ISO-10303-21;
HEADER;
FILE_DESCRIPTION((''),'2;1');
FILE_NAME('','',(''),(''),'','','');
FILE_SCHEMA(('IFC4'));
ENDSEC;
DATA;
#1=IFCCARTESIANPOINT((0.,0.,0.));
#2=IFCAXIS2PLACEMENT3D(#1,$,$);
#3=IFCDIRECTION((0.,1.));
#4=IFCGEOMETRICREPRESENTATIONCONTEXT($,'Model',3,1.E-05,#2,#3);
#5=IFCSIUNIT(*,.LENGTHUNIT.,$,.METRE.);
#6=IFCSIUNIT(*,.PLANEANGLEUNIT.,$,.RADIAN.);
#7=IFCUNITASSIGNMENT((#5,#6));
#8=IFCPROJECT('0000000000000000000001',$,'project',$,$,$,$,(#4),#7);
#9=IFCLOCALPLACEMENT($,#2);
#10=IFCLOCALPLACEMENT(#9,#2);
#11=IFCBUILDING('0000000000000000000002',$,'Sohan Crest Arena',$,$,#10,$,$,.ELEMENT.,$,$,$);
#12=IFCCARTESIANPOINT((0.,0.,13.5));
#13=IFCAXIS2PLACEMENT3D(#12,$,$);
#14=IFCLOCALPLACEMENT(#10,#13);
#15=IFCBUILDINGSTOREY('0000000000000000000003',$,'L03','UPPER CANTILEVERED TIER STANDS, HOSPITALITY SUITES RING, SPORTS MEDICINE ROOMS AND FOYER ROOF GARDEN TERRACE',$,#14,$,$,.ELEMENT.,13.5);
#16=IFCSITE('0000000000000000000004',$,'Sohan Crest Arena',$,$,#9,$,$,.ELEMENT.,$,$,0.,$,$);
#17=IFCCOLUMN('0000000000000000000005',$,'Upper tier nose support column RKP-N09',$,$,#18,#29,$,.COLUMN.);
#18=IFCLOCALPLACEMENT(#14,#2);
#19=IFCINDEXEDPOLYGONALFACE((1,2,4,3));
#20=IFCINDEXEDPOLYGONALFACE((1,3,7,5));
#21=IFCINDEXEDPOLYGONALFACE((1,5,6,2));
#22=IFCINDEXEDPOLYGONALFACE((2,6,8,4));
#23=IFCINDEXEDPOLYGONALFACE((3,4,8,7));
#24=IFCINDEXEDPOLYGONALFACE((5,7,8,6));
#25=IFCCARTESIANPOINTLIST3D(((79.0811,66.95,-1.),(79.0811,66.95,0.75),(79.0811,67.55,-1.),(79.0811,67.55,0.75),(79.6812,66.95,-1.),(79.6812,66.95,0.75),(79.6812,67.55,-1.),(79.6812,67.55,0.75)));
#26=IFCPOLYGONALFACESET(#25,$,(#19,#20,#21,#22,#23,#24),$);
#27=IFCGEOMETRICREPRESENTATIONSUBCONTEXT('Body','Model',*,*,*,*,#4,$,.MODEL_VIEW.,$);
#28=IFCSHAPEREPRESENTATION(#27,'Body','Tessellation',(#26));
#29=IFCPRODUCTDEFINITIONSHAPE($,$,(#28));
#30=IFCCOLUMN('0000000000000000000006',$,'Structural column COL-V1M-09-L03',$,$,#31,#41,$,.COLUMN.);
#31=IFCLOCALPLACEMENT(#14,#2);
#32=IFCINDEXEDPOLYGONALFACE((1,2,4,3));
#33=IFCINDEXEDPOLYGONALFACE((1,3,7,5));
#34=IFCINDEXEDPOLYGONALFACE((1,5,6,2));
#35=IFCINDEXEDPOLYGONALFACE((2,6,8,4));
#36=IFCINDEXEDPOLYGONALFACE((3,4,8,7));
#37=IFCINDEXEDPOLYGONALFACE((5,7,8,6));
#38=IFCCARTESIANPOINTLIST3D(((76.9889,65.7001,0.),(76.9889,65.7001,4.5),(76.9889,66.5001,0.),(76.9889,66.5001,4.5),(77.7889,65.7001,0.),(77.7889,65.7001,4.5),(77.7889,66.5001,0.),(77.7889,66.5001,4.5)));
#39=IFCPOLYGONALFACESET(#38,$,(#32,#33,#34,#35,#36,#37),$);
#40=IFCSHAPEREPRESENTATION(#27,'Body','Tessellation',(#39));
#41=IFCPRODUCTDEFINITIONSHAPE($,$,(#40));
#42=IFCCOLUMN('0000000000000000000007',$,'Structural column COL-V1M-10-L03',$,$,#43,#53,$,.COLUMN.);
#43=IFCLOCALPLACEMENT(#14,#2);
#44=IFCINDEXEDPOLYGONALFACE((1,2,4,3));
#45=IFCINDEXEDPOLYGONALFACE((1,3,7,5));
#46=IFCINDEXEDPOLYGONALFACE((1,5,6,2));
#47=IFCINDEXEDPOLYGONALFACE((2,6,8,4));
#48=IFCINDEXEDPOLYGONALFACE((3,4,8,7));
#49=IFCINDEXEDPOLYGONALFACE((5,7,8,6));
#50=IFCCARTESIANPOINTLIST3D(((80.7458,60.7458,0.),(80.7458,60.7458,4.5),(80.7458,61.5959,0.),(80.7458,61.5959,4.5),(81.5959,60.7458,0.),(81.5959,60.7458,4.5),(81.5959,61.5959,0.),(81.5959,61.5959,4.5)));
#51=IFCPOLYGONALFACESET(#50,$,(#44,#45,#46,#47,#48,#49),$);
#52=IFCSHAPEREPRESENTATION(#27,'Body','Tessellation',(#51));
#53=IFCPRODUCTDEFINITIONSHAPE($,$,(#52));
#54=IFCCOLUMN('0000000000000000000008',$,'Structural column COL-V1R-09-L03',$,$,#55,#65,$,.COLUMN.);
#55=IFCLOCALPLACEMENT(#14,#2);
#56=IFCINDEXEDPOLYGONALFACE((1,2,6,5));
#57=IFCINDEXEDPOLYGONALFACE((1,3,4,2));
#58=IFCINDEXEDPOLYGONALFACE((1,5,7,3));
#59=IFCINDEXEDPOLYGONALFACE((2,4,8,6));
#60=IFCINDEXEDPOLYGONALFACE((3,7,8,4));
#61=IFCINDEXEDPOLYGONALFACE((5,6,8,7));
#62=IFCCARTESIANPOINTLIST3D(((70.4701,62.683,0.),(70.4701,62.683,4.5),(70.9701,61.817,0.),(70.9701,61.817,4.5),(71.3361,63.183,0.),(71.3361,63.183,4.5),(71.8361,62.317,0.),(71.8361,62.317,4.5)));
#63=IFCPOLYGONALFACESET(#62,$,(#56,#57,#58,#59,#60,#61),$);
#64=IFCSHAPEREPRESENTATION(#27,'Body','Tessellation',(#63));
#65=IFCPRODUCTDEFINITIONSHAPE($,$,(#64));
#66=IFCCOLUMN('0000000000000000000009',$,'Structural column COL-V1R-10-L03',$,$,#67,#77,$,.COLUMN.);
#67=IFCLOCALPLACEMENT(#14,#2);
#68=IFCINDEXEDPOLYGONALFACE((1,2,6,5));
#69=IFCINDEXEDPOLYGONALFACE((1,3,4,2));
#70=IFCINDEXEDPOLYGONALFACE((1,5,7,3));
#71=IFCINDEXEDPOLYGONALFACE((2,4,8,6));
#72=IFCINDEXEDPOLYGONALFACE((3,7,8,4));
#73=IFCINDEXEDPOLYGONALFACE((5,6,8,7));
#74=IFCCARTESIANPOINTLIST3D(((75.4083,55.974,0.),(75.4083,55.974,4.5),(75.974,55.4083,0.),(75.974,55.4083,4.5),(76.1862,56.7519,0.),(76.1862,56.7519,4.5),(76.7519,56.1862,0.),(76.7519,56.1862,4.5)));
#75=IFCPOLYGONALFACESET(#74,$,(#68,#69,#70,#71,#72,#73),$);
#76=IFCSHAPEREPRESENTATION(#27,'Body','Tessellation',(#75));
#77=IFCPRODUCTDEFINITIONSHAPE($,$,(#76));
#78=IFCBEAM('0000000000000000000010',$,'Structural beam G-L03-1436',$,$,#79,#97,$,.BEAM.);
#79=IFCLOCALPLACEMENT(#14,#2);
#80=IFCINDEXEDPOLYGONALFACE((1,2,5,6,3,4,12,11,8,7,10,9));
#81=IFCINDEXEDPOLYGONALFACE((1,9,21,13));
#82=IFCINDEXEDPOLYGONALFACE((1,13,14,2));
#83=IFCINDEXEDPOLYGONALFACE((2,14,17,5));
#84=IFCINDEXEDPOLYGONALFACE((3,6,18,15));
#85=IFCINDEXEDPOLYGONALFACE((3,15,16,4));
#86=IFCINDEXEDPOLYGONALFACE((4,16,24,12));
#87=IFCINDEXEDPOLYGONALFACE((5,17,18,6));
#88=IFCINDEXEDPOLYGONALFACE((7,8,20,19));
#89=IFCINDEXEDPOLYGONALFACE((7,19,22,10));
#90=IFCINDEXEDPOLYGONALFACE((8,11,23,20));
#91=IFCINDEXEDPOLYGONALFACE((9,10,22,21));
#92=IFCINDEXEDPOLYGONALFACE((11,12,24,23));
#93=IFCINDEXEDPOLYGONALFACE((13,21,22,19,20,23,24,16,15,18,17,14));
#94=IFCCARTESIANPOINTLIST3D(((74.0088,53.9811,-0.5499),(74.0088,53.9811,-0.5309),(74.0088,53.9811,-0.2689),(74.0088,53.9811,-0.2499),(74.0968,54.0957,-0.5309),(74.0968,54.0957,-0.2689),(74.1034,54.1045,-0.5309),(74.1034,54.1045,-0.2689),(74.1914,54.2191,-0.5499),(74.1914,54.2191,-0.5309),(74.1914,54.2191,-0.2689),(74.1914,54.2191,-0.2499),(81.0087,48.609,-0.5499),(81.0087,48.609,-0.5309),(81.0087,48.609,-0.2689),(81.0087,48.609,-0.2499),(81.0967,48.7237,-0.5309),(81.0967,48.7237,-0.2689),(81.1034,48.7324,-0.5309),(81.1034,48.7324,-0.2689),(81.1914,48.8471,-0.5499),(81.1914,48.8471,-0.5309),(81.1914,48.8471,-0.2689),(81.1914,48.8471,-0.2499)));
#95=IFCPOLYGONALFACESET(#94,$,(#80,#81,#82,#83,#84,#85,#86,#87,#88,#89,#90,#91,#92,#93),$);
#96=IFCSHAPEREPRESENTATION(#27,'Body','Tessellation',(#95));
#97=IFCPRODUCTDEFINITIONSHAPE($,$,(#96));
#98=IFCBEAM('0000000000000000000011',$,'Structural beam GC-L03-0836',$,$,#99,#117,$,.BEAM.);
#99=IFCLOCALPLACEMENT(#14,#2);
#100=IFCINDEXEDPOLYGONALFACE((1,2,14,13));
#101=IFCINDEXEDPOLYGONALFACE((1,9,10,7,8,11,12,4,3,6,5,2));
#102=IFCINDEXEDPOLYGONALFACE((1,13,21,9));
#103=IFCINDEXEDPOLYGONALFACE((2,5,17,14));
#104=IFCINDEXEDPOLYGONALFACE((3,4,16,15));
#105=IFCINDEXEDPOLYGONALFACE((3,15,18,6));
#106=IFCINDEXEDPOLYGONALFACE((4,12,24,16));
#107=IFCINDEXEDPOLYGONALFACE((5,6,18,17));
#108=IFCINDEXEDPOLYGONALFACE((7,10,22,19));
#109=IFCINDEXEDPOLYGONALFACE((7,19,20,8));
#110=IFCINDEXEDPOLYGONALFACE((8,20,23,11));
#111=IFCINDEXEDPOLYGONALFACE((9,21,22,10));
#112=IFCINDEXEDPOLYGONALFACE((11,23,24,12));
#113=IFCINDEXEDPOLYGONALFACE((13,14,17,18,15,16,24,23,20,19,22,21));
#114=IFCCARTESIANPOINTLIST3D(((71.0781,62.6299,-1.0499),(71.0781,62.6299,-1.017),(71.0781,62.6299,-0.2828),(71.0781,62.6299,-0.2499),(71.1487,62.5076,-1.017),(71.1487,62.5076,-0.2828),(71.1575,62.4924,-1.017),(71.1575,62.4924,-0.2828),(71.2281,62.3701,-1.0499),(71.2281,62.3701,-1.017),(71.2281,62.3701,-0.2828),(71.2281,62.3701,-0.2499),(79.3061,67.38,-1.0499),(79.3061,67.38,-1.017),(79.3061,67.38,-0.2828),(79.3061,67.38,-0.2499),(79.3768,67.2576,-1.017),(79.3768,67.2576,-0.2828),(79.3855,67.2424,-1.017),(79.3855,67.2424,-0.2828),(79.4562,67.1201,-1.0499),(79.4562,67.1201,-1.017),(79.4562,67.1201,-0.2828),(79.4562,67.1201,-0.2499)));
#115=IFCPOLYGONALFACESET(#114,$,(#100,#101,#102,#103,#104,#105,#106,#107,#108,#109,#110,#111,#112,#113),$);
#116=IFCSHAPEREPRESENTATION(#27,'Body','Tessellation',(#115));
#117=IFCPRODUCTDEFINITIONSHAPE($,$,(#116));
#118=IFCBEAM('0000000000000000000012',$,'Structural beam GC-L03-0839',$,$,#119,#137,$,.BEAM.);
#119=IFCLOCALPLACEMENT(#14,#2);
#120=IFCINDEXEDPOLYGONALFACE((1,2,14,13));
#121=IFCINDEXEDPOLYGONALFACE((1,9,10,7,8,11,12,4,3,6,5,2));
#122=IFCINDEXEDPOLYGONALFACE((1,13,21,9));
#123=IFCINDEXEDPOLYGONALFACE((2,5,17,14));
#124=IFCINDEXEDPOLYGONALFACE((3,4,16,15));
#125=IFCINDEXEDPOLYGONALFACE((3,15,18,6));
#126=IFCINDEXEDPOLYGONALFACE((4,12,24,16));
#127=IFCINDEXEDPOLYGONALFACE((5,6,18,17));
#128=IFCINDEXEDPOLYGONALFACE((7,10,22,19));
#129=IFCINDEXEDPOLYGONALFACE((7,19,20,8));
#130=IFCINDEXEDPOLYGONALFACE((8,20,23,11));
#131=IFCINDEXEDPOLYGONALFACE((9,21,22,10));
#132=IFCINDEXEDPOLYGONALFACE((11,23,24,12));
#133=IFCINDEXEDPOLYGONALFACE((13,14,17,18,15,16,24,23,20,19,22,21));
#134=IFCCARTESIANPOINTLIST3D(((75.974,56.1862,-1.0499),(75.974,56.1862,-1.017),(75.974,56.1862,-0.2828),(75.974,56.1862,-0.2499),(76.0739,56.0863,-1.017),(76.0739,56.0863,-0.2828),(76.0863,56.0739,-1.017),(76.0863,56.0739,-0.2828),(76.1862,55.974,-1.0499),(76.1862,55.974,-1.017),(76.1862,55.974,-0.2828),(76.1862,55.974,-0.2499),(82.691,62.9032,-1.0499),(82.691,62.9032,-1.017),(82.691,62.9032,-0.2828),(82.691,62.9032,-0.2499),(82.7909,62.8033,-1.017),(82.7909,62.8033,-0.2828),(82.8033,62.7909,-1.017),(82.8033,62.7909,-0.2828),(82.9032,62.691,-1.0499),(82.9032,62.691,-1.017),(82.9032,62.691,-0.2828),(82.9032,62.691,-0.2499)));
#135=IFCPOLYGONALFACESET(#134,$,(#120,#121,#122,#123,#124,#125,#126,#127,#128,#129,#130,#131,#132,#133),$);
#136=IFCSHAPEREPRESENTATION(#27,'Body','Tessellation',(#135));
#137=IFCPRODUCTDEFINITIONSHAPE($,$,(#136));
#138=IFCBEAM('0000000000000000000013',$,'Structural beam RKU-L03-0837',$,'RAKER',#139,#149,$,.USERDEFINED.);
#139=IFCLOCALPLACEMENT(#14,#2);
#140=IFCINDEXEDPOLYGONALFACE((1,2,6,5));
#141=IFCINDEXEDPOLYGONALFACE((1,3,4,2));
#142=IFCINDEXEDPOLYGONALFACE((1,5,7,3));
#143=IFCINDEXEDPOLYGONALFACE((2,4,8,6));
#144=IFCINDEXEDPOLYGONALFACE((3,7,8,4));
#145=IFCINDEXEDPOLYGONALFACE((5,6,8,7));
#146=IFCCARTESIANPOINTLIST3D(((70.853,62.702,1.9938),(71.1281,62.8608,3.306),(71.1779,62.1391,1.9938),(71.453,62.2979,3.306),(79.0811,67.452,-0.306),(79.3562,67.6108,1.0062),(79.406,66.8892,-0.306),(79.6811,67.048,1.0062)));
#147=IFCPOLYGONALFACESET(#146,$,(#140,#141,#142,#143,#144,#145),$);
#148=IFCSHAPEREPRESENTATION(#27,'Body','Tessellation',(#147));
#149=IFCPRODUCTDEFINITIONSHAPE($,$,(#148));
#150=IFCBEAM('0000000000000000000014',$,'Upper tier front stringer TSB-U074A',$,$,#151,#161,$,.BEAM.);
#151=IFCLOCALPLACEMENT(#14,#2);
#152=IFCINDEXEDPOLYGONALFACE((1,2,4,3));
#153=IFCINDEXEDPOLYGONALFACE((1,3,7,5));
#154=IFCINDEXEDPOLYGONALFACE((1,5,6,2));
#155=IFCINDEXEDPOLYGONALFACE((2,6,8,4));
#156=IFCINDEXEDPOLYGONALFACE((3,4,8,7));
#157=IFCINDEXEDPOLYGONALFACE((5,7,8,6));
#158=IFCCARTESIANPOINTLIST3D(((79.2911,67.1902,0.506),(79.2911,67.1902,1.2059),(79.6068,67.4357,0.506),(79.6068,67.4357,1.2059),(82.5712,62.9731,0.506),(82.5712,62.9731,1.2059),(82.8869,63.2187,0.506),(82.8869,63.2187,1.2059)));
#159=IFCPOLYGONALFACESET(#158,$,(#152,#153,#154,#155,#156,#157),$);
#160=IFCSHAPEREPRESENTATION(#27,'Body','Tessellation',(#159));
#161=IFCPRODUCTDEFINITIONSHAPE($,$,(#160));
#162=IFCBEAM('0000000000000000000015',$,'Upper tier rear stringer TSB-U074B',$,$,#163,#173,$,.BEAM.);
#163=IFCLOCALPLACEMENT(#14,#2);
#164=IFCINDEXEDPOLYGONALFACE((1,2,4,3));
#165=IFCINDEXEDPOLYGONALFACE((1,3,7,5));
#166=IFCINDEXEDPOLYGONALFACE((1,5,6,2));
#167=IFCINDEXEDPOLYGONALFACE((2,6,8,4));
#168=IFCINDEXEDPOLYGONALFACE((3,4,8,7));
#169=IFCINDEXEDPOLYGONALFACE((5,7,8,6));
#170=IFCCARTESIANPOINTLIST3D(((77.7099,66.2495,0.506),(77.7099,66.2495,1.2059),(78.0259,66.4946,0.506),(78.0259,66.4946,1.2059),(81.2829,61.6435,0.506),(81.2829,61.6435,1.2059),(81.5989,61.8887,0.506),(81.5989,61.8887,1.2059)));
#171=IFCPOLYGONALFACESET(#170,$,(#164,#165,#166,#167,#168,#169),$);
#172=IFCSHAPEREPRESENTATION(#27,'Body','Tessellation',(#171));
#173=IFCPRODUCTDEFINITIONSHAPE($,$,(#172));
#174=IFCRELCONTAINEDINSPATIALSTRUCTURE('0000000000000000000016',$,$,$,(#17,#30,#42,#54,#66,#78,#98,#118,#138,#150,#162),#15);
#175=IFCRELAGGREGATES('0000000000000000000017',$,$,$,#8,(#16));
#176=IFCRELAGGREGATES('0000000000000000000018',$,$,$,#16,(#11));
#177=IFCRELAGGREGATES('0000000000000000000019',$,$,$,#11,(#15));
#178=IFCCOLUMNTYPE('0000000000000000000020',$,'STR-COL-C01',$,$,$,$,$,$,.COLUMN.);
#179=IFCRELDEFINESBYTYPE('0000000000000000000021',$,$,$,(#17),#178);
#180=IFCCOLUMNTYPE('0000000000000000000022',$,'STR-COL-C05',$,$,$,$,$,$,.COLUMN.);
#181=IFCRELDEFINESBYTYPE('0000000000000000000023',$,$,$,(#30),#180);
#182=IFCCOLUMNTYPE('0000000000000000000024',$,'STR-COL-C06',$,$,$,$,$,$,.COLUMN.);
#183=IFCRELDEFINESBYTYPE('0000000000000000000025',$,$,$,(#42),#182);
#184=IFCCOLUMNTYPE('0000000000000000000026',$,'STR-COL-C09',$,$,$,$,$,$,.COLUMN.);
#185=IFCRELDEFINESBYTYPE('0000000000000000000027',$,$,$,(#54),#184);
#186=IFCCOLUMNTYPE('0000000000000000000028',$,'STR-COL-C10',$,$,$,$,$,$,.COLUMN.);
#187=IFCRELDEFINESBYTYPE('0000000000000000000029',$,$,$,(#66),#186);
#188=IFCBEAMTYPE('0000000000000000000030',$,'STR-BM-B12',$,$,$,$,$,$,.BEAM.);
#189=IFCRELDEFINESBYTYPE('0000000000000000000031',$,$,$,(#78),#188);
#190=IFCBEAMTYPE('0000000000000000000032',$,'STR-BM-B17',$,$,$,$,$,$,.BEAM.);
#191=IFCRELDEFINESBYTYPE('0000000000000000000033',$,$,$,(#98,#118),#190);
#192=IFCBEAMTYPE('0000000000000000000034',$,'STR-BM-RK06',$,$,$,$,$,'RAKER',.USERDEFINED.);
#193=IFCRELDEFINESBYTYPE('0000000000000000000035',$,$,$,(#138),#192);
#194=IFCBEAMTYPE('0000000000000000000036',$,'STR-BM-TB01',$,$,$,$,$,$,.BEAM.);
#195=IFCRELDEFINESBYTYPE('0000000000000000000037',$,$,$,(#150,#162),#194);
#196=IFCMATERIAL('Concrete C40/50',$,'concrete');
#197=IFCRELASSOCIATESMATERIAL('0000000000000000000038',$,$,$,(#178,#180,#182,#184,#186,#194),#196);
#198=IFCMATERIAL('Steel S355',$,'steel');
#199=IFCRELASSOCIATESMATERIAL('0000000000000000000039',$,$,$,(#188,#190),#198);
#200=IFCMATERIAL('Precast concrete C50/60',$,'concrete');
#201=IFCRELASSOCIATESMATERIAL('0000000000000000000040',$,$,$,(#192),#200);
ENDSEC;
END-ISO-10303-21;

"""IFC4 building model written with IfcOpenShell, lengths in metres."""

from ifc_helpers import new_model, si_unit, direction, frame, origin, origin_2d, place, context, subcontext, project, spatial, rectangle, i_section, extrude, material, material_profile, profile_set, type_object, element, save


model = new_model("IFC4")

# Units and contexts
model_context = context("Model", 3, precision=1e-05, world=origin(), true_north=direction((0.0, 1.0)))
body_context = subcontext(model_context, "Body", "Model", "MODEL_VIEW")
ifc_project = project(units=[si_unit("LENGTHUNIT", "METRE"), si_unit("PLANEANGLEUNIT", "RADIAN")], contexts=[model_context])

# Site, building, storey
site_placement = place(None, origin())
site = spatial("IfcSite", under=ifc_project, at=site_placement, Name="Sohan Crest Arena", CompositionType="ELEMENT", RefElevation=0.0)
building_placement = place(site_placement, origin())
building = spatial("IfcBuilding", under=site, at=building_placement, Name="Sohan Crest Arena", CompositionType="ELEMENT")
storey_placement = place(building_placement, frame((0.0, 0.0, 13.5)))
storey = spatial("IfcBuildingStorey", under=building, at=storey_placement, Name="L03", Description="UPPER CANTILEVERED TIER STANDS, HOSPITALITY SUITES RING, SPORTS MEDICINE ROOMS AND FOYER ROOF GARDEN TERRACE", CompositionType="ELEMENT", Elevation=13.5)

# Columns
ifc_material_1 = material(Name="Concrete C40/50", Category="concrete")
ifc_material_profile_1 = material_profile(ifc_material_1, rectangle(XDim=0.6001, YDim=0.6001, at=origin_2d()), Name="RC 600x600")
ifc_profile_set_1 = profile_set([ifc_material_profile_1], Name="Concrete C40/50")
column_type_1 = type_object("IfcColumnType", Name="STR-COL-C01", PredefinedType="COLUMN", material=ifc_profile_set_1)
column_1_placement = place(storey_placement, frame((79.3811, 67.25, -1.0), z_axis=(0.0, 0.0, 1.0), x_axis=(1.0, 0.0, 0.0)))
element("IfcColumn", 1, at=column_1_placement, inside=storey, type_object=column_type_1, Name="Upper tier nose support column RKP-N09", PredefinedType="COLUMN", context=body_context, shape_type="SweptSolid", body=[
    extrude(rectangle(XDim=0.6001, YDim=0.6001, at=origin_2d()), origin(), (0.0, 0.0, 1.0), 1.75),
])
ifc_material_profile_2 = material_profile(ifc_material_1, rectangle(XDim=0.8, YDim=0.8, at=origin_2d()), Name="RC 800x800")
ifc_profile_set_2 = profile_set([ifc_material_profile_2], Name="Concrete C40/50")
column_type_2 = type_object("IfcColumnType", Name="STR-COL-C05", PredefinedType="COLUMN", material=ifc_profile_set_2)
column_2_placement = place(storey_placement, frame((77.3889, 66.1001, 0.0), z_axis=(0.0, 0.0, 1.0), x_axis=(1.0, 0.0, 0.0)))
element("IfcColumn", 2, at=column_2_placement, inside=storey, type_object=column_type_2, Name="Structural column COL-V1M-09-L03", PredefinedType="COLUMN", context=body_context, shape_type="SweptSolid", body=[
    extrude(rectangle(XDim=0.8, YDim=0.8, at=origin_2d()), origin(), (0.0, 0.0, 1.0), 4.5),
])
ifc_material_profile_3 = material_profile(ifc_material_1, rectangle(XDim=0.8501, YDim=0.8501, at=origin_2d()), Name="RC 850x850")
ifc_profile_set_3 = profile_set([ifc_material_profile_3], Name="Concrete C40/50")
column_type_3 = type_object("IfcColumnType", Name="STR-COL-C06", PredefinedType="COLUMN", material=ifc_profile_set_3)
column_3_placement = place(storey_placement, frame((81.1709, 61.1709, 0.0), z_axis=(0.0, 0.0, 1.0), x_axis=(1.0, 0.0, 0.0)))
element("IfcColumn", 3, at=column_3_placement, inside=storey, type_object=column_type_3, Name="Structural column COL-V1M-10-L03", PredefinedType="COLUMN", context=body_context, shape_type="SweptSolid", body=[
    extrude(rectangle(XDim=0.8501, YDim=0.8501, at=origin_2d()), origin(), (0.0, 0.0, 1.0), 4.5),
])
ifc_material_profile_4 = material_profile(ifc_material_1, rectangle(XDim=1.0, YDim=1.0, at=origin_2d()), Name="RC 1000x1000")
ifc_profile_set_4 = profile_set([ifc_material_profile_4], Name="Concrete C40/50")
column_type_4 = type_object("IfcColumnType", Name="STR-COL-C09", PredefinedType="COLUMN", material=ifc_profile_set_4)
column_4_placement = place(storey_placement, frame((71.1531, 62.5, 0.0), z_axis=(0.0, 0.0, 1.0), x_axis=(0.866025, 0.5, 0.0)))
element("IfcColumn", 4, at=column_4_placement, inside=storey, type_object=column_type_4, Name="Structural column COL-V1R-09-L03", PredefinedType="COLUMN", context=body_context, shape_type="SweptSolid", body=[
    extrude(rectangle(XDim=1.0, YDim=1.0, at=origin_2d()), origin(), (0.0, 0.0, 1.0), 4.5),
])
ifc_material_profile_5 = material_profile(ifc_material_1, rectangle(XDim=1.1001, YDim=0.8, at=origin_2d()), Name="RC 1100x800")
ifc_profile_set_5 = profile_set([ifc_material_profile_5], Name="Concrete C40/50")
column_type_5 = type_object("IfcColumnType", Name="STR-COL-C10", PredefinedType="COLUMN", material=ifc_profile_set_5)
column_5_placement = place(storey_placement, frame((76.0801, 56.0801, 0.0), z_axis=(0.0, 0.0, 1.0), x_axis=(0.707107, 0.707107, 0.0)))
element("IfcColumn", 5, at=column_5_placement, inside=storey, type_object=column_type_5, Name="Structural column COL-V1R-10-L03", PredefinedType="COLUMN", context=body_context, shape_type="SweptSolid", body=[
    extrude(rectangle(XDim=1.1001, YDim=0.8, at=origin_2d()), origin(), (0.0, 0.0, 1.0), 4.5),
])

# Beams
ifc_material_2 = material(Name="Steel S355", Category="steel")
ifc_material_profile_6 = material_profile(ifc_material_2, i_section(OverallWidth=0.3, OverallDepth=0.3, WebThickness=0.011, FlangeThickness=0.019, at=origin_2d()), Name="HEB 300")
ifc_profile_set_6 = profile_set([ifc_material_profile_6], Name="Steel S355")
beam_type_1 = type_object("IfcBeamType", Name="STR-BM-B12", PredefinedType="BEAM", material=ifc_profile_set_6)
beam_1_placement = place(storey_placement, frame((74.1001, 54.1001, -0.3999), z_axis=(0.793311, -0.608817, 0.0), x_axis=(0.608817, 0.793311, 0.0)))
element("IfcBeam", 6, at=beam_1_placement, inside=storey, type_object=beam_type_1, Name="Structural beam G-L03-1436", PredefinedType="BEAM", context=body_context, shape_type="SweptSolid", body=[
    extrude(i_section(OverallWidth=0.3, OverallDepth=0.3, WebThickness=0.011, FlangeThickness=0.019, at=origin_2d()), origin(), (0.0, 0.0, 1.0), 8.8237),
])
ifc_material_profile_7 = material_profile(ifc_material_2, i_section(OverallWidth=0.3, OverallDepth=0.8, WebThickness=0.0176, FlangeThickness=0.033, at=origin_2d()), Name="HEB 800")
ifc_profile_set_7 = profile_set([ifc_material_profile_7], Name="Steel S355")
beam_type_2 = type_object("IfcBeamType", Name="STR-BM-B17", PredefinedType="BEAM", material=ifc_profile_set_7)
beam_2_placement = place(storey_placement, frame((71.1531, 62.5, -0.6499), z_axis=(0.866046, 0.499964, 0.0), x_axis=(-0.499964, 0.866046, 0.0)))
element("IfcBeam", 7, at=beam_2_placement, inside=storey, type_object=beam_type_2, Name="Structural beam GC-L03-0836", PredefinedType="BEAM", context=body_context, shape_type="SweptSolid", body=[
    extrude(i_section(OverallWidth=0.3, OverallDepth=0.8, WebThickness=0.0176, FlangeThickness=0.033, at=origin_2d()), origin(), (0.0, 0.0, 1.0), 9.5007),
])
beam_3_placement = place(storey_placement, frame((76.0801, 56.0801, -0.6499), z_axis=(0.707107, 0.707107, 0.0), x_axis=(-0.707107, 0.707107, 0.0)))
element("IfcBeam", 8, at=beam_3_placement, inside=storey, type_object=beam_type_2, Name="Structural beam GC-L03-0839", PredefinedType="BEAM", context=body_context, shape_type="SweptSolid", body=[
    extrude(i_section(OverallWidth=0.3, OverallDepth=0.8, WebThickness=0.0176, FlangeThickness=0.033, at=origin_2d()), origin(), (0.0, 0.0, 1.0), 9.4993),
])
ifc_material_3 = material(Name="Precast concrete C50/60", Category="concrete")
ifc_material_profile_8 = material_profile(ifc_material_3, rectangle(XDim=0.6499, YDim=1.3501, at=origin_2d()), Name="RAKER 650x1350")
ifc_profile_set_8 = profile_set([ifc_material_profile_8], Name="Precast concrete C50/60")
beam_type_3 = type_object("IfcBeamType", Name="STR-BM-RK06", ElementType="RAKER", PredefinedType="USERDEFINED", material=ifc_profile_set_8)
beam_4_placement = place(storey_placement, frame((79.3811, 67.25, 0.3501), z_axis=(-0.841736, -0.48593, 0.235272), x_axis=(0.499964, -0.866046, 0.0)))
element("IfcBeam", 9, at=beam_4_placement, inside=storey, type_object=beam_type_3, Name="Structural beam RKU-L03-0837", ObjectType="RAKER", PredefinedType="USERDEFINED", context=body_context, shape_type="SweptSolid", body=[
    extrude(rectangle(XDim=0.6499, YDim=1.3501, at=origin_2d()), origin(), (0.0, 0.0, 1.0), 9.7751),
])
ifc_material_profile_9 = material_profile(ifc_material_1, rectangle(XDim=0.3999, YDim=0.7, at=origin_2d()), Name="RC-BM 400x700")
ifc_profile_set_9 = profile_set([ifc_material_profile_9], Name="Concrete C40/50")
beam_type_4 = type_object("IfcBeamType", Name="STR-BM-TB01", PredefinedType="BEAM", material=ifc_profile_set_9)
beam_5_placement = place(storey_placement, frame((79.449, 67.313, 0.856), z_axis=(0.613953, -0.789342, 0.0), x_axis=(0.789342, 0.613953, 0.0)))
element("IfcBeam", 10, at=beam_5_placement, inside=storey, type_object=beam_type_4, Name="Upper tier front stringer TSB-U074A", PredefinedType="BEAM", context=body_context, shape_type="SweptSolid", body=[
    extrude(rectangle(XDim=0.3999, YDim=0.7, at=origin_2d()), origin(), (0.0, 0.0, 1.0), 5.3425),
])
beam_6_placement = place(storey_placement, frame((77.8679, 66.3721, 0.856), z_axis=(0.612934, -0.790134, 0.0), x_axis=(0.790134, 0.612934, 0.0)))
element("IfcBeam", 11, at=beam_6_placement, inside=storey, type_object=beam_type_4, Name="Upper tier rear stringer TSB-U074B", PredefinedType="BEAM", context=body_context, shape_type="SweptSolid", body=[
    extrude(rectangle(XDim=0.3999, YDim=0.7, at=origin_2d()), origin(), (0.0, 0.0, 1.0), 5.8293),
])

save(model, "model.ifc")
